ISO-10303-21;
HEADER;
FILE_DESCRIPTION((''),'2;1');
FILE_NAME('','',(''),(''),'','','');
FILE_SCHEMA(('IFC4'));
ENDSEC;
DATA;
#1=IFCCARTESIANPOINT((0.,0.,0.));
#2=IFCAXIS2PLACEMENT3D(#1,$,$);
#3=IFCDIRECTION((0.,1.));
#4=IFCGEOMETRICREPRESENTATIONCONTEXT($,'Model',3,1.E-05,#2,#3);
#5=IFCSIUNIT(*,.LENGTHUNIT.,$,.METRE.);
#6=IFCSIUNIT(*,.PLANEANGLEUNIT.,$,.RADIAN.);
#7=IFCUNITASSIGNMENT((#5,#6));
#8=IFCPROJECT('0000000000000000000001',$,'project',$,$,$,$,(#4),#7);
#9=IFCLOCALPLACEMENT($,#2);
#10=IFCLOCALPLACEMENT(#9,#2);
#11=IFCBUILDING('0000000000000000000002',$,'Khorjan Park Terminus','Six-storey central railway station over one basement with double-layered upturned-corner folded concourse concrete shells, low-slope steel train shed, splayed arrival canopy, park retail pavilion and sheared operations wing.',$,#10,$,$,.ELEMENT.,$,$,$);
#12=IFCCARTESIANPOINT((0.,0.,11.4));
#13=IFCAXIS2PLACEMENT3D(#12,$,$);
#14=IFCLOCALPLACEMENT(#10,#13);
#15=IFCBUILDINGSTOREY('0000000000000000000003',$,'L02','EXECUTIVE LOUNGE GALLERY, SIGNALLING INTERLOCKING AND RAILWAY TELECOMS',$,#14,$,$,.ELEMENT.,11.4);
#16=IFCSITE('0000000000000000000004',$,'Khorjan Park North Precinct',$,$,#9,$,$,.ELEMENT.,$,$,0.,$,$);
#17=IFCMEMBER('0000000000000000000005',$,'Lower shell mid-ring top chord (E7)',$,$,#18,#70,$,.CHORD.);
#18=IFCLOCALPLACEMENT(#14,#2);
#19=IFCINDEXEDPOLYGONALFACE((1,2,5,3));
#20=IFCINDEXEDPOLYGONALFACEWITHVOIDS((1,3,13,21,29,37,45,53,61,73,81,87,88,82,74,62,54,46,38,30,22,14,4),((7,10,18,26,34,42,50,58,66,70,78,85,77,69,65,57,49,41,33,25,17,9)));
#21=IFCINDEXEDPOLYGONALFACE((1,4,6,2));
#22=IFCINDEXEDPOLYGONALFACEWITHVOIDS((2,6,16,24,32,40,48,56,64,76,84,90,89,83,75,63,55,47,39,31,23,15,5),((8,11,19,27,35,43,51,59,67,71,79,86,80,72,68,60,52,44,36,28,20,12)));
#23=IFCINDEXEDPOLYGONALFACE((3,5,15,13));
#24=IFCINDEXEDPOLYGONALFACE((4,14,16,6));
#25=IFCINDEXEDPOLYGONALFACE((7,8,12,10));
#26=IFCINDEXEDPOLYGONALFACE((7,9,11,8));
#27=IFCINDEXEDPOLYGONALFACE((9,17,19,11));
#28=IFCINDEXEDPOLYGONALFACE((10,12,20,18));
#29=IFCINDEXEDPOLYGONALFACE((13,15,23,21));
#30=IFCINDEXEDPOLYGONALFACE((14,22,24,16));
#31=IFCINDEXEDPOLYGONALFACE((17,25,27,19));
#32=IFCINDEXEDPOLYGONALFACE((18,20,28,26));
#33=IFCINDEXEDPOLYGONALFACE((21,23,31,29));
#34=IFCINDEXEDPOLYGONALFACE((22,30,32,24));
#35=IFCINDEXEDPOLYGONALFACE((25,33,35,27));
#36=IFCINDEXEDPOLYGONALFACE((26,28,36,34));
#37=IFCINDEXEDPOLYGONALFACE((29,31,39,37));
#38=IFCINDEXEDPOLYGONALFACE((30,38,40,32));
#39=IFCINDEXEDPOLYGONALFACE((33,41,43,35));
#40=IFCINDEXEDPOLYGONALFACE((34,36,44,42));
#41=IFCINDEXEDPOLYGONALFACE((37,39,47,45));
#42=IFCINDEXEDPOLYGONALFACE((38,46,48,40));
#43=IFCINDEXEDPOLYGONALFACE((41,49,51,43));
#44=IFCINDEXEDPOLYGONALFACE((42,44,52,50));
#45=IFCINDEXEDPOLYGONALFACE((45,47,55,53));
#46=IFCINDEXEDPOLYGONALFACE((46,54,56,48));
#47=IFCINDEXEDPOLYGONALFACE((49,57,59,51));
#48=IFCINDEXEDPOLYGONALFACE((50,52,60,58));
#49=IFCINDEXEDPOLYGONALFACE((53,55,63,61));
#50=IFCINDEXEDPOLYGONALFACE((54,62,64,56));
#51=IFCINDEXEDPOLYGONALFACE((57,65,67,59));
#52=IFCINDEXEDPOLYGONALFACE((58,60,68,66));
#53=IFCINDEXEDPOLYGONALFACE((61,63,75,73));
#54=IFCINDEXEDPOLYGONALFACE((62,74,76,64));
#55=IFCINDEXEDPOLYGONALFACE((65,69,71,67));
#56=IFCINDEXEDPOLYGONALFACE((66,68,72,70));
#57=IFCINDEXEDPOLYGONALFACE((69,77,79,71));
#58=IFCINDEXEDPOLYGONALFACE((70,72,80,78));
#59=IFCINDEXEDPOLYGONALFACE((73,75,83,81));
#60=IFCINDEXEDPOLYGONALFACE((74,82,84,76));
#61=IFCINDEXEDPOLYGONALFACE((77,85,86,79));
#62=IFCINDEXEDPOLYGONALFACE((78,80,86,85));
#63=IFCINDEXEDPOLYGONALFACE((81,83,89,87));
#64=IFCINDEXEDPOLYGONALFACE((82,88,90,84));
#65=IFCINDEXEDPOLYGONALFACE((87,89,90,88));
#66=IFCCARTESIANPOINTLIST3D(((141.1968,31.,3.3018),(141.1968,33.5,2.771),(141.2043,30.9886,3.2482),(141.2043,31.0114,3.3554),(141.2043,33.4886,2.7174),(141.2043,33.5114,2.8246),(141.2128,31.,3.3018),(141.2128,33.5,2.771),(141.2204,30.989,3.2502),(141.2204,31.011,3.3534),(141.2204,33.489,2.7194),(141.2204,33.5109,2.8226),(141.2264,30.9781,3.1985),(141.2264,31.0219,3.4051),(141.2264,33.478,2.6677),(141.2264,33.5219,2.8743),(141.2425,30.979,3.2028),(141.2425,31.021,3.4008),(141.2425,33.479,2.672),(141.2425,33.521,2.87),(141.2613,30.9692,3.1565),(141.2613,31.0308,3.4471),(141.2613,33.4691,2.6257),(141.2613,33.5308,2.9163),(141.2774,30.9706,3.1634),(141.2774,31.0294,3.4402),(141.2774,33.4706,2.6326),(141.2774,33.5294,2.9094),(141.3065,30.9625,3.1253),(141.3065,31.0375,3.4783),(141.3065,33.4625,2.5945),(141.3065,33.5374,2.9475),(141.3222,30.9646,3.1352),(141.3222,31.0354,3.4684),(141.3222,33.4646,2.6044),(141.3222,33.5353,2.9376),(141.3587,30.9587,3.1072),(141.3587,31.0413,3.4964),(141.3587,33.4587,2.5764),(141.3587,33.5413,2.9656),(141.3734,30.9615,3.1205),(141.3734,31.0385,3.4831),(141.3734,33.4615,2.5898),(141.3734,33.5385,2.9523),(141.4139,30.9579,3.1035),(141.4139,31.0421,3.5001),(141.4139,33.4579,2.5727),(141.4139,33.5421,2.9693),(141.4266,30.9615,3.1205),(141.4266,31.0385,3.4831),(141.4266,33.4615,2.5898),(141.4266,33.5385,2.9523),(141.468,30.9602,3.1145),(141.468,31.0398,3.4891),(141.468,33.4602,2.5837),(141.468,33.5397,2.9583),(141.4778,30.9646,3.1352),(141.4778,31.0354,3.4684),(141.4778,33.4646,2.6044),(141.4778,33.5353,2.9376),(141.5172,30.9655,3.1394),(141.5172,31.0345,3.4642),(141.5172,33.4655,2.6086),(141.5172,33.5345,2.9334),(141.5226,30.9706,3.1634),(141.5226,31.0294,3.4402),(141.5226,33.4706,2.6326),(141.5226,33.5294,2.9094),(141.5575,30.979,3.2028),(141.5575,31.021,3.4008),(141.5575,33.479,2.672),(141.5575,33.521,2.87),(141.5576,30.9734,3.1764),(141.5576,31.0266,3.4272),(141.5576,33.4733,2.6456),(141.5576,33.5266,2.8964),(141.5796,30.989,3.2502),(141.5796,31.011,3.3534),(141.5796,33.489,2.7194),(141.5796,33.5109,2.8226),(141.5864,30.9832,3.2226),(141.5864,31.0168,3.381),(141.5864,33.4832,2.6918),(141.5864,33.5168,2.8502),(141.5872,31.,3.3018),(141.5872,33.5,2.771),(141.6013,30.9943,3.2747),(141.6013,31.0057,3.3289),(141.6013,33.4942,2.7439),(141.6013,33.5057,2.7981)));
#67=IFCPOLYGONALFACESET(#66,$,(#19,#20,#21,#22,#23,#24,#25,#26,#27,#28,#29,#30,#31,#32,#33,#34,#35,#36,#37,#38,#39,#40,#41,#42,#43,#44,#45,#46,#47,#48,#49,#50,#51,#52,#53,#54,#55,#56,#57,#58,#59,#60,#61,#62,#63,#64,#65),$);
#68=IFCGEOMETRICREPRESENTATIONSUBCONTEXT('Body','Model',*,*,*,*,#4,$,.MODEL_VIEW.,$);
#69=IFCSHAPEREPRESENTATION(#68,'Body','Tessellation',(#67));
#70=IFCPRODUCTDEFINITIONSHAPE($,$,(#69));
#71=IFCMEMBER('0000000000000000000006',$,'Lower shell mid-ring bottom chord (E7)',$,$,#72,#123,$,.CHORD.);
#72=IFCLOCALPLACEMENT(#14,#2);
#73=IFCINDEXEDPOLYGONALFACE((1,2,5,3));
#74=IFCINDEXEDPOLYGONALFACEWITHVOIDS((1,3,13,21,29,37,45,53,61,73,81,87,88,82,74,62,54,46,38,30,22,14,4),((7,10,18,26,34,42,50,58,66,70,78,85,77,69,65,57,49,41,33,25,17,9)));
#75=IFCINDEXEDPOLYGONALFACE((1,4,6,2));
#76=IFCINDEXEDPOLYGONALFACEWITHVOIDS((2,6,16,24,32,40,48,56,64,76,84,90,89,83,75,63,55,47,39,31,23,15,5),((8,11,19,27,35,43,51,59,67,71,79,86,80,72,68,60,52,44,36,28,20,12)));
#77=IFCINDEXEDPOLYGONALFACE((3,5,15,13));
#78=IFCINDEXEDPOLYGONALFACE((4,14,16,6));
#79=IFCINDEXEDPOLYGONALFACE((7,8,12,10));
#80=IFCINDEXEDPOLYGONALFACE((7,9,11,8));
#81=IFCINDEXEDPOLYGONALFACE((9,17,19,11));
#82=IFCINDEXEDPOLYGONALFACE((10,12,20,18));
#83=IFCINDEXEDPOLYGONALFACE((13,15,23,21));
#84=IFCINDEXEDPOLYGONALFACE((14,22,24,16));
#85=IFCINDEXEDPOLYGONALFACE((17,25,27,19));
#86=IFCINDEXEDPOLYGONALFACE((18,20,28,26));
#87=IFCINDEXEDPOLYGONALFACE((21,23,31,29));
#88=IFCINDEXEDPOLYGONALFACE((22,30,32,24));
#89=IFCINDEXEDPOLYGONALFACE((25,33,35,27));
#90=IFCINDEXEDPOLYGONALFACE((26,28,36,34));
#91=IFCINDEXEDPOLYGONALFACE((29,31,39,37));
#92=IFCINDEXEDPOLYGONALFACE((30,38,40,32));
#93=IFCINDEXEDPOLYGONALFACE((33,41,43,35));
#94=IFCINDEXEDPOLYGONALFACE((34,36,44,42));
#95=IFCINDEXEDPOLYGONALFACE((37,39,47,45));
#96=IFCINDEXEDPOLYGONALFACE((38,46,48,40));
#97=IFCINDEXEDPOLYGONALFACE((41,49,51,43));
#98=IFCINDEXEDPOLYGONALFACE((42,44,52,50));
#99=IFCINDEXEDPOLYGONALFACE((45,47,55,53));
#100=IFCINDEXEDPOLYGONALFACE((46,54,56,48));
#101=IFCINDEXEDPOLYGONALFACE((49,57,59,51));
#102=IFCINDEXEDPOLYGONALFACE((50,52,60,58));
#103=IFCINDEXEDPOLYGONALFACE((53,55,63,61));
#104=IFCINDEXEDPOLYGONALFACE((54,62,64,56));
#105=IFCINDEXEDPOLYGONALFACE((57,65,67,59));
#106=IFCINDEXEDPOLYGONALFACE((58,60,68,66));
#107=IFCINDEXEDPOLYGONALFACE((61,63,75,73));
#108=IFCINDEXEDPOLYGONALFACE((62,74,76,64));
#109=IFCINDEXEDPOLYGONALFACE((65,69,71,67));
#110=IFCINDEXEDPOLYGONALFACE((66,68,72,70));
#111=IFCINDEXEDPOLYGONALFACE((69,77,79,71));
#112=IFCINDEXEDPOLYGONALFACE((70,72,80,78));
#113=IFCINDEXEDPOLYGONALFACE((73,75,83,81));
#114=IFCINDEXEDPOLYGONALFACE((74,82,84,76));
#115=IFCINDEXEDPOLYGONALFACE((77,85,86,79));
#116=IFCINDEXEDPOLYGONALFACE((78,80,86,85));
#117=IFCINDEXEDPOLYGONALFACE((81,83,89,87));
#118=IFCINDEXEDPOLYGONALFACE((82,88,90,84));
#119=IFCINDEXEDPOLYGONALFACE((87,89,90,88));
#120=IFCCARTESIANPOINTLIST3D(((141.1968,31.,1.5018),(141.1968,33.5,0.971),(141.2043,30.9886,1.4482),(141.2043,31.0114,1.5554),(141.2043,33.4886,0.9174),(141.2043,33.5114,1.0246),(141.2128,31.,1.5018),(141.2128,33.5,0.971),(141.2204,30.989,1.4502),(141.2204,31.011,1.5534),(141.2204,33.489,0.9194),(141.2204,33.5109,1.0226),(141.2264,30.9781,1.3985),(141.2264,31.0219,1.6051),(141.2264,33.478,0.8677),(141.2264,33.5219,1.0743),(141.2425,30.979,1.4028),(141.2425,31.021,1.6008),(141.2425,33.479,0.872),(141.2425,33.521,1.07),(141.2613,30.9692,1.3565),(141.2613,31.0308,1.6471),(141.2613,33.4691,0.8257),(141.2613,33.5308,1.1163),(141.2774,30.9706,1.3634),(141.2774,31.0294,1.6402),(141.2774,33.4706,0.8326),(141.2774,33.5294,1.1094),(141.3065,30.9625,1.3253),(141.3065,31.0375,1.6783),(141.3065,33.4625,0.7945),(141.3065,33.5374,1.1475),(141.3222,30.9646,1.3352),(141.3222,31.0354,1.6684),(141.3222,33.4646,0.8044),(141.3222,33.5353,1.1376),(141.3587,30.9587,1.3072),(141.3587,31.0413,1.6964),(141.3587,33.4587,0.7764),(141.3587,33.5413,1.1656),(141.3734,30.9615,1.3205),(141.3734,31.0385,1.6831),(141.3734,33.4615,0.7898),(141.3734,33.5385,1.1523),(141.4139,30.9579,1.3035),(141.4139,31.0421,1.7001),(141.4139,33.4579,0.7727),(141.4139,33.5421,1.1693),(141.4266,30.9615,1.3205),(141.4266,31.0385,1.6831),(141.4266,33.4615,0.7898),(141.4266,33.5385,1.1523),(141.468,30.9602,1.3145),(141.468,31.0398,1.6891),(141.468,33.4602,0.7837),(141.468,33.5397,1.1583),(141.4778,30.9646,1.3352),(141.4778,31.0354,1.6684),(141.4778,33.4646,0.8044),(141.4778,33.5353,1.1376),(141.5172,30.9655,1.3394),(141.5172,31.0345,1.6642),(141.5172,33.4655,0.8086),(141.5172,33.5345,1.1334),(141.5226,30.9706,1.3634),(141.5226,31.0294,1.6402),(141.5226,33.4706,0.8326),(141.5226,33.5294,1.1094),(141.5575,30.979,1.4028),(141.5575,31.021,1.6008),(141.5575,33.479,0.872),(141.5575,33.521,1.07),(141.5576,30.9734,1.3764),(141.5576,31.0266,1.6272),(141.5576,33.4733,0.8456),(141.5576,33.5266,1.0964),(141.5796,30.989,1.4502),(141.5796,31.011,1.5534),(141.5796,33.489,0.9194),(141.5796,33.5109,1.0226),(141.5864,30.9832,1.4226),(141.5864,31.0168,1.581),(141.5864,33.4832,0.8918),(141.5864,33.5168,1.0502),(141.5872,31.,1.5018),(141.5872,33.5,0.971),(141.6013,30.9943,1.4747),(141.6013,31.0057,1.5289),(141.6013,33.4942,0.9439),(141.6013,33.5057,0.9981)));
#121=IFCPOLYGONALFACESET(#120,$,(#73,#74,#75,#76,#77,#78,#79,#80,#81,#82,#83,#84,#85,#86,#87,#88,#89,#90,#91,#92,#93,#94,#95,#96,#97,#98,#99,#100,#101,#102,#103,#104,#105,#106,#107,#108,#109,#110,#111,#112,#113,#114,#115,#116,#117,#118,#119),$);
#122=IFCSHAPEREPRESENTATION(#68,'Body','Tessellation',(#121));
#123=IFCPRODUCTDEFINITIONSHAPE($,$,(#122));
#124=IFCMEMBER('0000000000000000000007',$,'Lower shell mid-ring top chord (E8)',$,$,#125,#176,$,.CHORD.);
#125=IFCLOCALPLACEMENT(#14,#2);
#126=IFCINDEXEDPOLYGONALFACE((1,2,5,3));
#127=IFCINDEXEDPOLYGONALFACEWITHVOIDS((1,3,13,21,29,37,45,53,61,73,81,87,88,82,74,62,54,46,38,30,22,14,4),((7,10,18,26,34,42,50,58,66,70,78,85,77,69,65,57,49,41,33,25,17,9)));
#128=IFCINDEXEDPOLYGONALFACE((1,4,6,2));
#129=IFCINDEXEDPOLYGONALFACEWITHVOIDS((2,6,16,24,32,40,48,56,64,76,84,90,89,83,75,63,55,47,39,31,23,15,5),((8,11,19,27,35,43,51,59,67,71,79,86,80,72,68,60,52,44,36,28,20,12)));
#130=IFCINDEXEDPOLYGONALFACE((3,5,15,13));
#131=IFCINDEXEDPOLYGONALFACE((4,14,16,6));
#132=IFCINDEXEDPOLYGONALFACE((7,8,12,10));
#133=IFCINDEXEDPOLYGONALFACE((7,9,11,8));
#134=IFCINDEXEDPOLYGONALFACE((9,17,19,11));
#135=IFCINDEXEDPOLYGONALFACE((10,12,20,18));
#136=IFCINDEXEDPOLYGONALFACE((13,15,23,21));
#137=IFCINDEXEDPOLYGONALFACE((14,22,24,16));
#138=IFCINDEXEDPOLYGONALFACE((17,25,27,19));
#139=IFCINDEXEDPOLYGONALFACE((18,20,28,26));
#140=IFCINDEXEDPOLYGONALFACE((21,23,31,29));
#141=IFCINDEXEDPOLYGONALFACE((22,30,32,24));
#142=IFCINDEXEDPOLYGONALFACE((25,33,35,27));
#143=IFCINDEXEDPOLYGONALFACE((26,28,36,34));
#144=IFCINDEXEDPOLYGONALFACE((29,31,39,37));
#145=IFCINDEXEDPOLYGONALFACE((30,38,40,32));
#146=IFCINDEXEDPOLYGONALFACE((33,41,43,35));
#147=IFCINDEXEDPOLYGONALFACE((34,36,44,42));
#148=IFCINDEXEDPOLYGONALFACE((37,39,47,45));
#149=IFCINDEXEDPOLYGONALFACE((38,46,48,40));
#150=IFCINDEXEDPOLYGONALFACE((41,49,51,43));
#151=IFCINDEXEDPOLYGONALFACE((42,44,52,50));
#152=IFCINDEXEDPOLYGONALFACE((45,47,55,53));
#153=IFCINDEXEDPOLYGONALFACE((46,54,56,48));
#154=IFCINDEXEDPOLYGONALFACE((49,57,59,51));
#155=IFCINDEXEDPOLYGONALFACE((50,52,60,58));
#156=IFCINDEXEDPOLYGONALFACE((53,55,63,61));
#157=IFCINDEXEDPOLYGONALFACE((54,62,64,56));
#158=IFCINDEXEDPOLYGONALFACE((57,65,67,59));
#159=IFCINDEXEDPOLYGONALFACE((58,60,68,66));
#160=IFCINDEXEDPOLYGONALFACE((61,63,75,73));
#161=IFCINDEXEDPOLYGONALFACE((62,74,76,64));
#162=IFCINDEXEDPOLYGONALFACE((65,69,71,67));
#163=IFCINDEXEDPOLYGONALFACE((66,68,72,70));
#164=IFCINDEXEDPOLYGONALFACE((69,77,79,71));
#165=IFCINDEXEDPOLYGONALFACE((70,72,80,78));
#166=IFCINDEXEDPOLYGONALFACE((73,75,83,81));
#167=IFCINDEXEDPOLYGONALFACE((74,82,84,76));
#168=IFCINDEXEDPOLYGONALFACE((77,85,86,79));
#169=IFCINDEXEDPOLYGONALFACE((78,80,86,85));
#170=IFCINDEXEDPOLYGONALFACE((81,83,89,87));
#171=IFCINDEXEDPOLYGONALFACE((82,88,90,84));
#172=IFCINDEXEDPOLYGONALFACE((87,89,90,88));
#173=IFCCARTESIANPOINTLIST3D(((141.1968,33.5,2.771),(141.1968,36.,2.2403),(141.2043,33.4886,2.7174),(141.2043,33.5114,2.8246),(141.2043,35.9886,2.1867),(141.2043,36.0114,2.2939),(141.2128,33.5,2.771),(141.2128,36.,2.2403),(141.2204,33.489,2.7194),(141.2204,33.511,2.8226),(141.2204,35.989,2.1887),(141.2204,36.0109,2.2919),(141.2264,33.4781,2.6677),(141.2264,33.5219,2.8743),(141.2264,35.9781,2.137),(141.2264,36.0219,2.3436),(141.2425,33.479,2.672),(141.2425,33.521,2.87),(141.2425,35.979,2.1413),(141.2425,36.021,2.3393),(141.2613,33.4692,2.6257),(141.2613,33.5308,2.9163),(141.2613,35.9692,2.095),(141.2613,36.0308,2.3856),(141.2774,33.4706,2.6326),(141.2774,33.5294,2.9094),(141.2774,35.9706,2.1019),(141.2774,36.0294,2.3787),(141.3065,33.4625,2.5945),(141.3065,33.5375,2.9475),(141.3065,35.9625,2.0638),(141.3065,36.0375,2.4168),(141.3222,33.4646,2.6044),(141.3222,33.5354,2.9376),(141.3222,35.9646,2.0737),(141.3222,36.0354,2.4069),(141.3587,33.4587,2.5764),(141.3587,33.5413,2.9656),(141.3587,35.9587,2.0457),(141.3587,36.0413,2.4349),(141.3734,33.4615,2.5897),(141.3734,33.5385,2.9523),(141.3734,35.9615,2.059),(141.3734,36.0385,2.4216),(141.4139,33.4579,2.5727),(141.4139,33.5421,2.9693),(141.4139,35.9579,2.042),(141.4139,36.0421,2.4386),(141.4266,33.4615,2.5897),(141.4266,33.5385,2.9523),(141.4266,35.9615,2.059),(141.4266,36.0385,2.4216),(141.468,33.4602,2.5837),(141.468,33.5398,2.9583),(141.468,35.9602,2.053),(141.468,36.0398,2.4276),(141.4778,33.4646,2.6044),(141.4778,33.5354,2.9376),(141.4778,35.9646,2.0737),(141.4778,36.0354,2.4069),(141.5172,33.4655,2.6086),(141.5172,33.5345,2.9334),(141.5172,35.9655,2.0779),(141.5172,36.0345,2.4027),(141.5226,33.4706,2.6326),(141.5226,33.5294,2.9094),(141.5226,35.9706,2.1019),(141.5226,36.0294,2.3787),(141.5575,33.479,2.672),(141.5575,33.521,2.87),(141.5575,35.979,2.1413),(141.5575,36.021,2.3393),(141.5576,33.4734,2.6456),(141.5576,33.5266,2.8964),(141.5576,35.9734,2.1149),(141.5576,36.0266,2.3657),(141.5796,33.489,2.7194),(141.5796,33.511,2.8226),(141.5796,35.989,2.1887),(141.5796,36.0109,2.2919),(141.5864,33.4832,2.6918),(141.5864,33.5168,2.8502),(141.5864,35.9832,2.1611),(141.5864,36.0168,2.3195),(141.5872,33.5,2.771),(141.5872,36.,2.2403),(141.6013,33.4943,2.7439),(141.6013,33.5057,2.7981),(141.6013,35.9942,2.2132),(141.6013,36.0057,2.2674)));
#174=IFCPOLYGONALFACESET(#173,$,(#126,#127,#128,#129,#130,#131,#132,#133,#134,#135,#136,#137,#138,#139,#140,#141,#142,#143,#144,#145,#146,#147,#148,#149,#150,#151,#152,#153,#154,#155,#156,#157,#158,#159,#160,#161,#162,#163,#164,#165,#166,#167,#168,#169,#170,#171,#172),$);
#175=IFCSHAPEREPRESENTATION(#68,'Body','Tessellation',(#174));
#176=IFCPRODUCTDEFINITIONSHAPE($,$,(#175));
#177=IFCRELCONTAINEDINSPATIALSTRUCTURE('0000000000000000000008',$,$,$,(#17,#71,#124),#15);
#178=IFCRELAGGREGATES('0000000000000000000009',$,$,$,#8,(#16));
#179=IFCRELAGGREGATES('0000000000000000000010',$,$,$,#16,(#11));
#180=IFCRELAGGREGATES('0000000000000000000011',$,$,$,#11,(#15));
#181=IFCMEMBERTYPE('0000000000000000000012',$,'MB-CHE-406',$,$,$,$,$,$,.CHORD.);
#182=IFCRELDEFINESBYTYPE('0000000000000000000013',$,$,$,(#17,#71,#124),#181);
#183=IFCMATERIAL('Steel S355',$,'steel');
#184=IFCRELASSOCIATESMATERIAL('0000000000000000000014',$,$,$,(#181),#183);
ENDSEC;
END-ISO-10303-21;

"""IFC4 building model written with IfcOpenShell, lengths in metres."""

from ifc_helpers import new_model, si_unit, direction, frame, origin, origin_2d, place, context, subcontext, project, spatial, hollow_circle, extrude, material, material_profile, profile_set, type_object, element, save


model = new_model("IFC4")

# Units and contexts
model_context = context("Model", 3, precision=1e-05, world=origin(), true_north=direction((0.0, 1.0)))
body_context = subcontext(model_context, "Body", "Model", "MODEL_VIEW")
ifc_project = project(units=[si_unit("LENGTHUNIT", "METRE"), si_unit("PLANEANGLEUNIT", "RADIAN")], contexts=[model_context])

# Site, building, storey
site_placement = place(None, origin())
site = spatial("IfcSite", under=ifc_project, at=site_placement, Name="Khorjan Park North Precinct", CompositionType="ELEMENT", RefElevation=0.0)
building_placement = place(site_placement, origin())
building = spatial("IfcBuilding", under=site, at=building_placement, Name="Khorjan Park Terminus", Description="Six-storey central railway station over one basement with double-layered upturned-corner folded concourse concrete shells, low-slope steel train shed, splayed arrival canopy, park retail pavilion and sheared operations wing.", CompositionType="ELEMENT")
storey_placement = place(building_placement, frame((0.0, 0.0, 11.4)))
storey = spatial("IfcBuildingStorey", under=building, at=storey_placement, Name="L02", Description="EXECUTIVE LOUNGE GALLERY, SIGNALLING INTERLOCKING AND RAILWAY TELECOMS", CompositionType="ELEMENT", Elevation=11.4)

# Shared definitions
ifc_material_1 = material(Name="Steel S355", Category="steel")

# Members
ifc_material_profile_1 = material_profile(ifc_material_1, hollow_circle(Radius=0.2032, WallThickness=0.016, at=origin_2d()), Name="CHS 406.4x16")
ifc_profile_set_1 = profile_set([ifc_material_profile_1], Name="Steel S355")
member_type_1 = type_object("IfcMemberType", Name="MB-CHE-406", PredefinedType="CHORD", material=ifc_profile_set_1)
for number, where, z_axis, x_axis, name in (
    (1, (141.4, 31.0, 3.3018), (0.0, 0.978195, -0.20769), (-1.0, 0.0, 0.0), "Lower shell mid-ring top chord (E7)"),
    (2, (141.4, 31.0, 1.5018), (0.0, 0.978195, -0.20769), (-1.0, 0.0, 0.0), "Lower shell mid-ring bottom chord (E7)"),
    (3, (141.4, 33.5, 2.771), (0.0, 0.978203, -0.207653), (-1.0, 0.0, 0.0), "Lower shell mid-ring top chord (E8)"),
):
    element("IfcMember", number, at=place(storey_placement, frame(where, z_axis=z_axis, x_axis=x_axis)), inside=storey, type_object=member_type_1, Name=name, PredefinedType="CHORD", context=body_context, shape_type="SweptSolid", body=[
        extrude(hollow_circle(Radius=0.2032, WallThickness=0.016, at=origin_2d()), origin(), (0.0, 0.0, 1.0), 2.5557),
    ])

save(model, "model.ifc")
